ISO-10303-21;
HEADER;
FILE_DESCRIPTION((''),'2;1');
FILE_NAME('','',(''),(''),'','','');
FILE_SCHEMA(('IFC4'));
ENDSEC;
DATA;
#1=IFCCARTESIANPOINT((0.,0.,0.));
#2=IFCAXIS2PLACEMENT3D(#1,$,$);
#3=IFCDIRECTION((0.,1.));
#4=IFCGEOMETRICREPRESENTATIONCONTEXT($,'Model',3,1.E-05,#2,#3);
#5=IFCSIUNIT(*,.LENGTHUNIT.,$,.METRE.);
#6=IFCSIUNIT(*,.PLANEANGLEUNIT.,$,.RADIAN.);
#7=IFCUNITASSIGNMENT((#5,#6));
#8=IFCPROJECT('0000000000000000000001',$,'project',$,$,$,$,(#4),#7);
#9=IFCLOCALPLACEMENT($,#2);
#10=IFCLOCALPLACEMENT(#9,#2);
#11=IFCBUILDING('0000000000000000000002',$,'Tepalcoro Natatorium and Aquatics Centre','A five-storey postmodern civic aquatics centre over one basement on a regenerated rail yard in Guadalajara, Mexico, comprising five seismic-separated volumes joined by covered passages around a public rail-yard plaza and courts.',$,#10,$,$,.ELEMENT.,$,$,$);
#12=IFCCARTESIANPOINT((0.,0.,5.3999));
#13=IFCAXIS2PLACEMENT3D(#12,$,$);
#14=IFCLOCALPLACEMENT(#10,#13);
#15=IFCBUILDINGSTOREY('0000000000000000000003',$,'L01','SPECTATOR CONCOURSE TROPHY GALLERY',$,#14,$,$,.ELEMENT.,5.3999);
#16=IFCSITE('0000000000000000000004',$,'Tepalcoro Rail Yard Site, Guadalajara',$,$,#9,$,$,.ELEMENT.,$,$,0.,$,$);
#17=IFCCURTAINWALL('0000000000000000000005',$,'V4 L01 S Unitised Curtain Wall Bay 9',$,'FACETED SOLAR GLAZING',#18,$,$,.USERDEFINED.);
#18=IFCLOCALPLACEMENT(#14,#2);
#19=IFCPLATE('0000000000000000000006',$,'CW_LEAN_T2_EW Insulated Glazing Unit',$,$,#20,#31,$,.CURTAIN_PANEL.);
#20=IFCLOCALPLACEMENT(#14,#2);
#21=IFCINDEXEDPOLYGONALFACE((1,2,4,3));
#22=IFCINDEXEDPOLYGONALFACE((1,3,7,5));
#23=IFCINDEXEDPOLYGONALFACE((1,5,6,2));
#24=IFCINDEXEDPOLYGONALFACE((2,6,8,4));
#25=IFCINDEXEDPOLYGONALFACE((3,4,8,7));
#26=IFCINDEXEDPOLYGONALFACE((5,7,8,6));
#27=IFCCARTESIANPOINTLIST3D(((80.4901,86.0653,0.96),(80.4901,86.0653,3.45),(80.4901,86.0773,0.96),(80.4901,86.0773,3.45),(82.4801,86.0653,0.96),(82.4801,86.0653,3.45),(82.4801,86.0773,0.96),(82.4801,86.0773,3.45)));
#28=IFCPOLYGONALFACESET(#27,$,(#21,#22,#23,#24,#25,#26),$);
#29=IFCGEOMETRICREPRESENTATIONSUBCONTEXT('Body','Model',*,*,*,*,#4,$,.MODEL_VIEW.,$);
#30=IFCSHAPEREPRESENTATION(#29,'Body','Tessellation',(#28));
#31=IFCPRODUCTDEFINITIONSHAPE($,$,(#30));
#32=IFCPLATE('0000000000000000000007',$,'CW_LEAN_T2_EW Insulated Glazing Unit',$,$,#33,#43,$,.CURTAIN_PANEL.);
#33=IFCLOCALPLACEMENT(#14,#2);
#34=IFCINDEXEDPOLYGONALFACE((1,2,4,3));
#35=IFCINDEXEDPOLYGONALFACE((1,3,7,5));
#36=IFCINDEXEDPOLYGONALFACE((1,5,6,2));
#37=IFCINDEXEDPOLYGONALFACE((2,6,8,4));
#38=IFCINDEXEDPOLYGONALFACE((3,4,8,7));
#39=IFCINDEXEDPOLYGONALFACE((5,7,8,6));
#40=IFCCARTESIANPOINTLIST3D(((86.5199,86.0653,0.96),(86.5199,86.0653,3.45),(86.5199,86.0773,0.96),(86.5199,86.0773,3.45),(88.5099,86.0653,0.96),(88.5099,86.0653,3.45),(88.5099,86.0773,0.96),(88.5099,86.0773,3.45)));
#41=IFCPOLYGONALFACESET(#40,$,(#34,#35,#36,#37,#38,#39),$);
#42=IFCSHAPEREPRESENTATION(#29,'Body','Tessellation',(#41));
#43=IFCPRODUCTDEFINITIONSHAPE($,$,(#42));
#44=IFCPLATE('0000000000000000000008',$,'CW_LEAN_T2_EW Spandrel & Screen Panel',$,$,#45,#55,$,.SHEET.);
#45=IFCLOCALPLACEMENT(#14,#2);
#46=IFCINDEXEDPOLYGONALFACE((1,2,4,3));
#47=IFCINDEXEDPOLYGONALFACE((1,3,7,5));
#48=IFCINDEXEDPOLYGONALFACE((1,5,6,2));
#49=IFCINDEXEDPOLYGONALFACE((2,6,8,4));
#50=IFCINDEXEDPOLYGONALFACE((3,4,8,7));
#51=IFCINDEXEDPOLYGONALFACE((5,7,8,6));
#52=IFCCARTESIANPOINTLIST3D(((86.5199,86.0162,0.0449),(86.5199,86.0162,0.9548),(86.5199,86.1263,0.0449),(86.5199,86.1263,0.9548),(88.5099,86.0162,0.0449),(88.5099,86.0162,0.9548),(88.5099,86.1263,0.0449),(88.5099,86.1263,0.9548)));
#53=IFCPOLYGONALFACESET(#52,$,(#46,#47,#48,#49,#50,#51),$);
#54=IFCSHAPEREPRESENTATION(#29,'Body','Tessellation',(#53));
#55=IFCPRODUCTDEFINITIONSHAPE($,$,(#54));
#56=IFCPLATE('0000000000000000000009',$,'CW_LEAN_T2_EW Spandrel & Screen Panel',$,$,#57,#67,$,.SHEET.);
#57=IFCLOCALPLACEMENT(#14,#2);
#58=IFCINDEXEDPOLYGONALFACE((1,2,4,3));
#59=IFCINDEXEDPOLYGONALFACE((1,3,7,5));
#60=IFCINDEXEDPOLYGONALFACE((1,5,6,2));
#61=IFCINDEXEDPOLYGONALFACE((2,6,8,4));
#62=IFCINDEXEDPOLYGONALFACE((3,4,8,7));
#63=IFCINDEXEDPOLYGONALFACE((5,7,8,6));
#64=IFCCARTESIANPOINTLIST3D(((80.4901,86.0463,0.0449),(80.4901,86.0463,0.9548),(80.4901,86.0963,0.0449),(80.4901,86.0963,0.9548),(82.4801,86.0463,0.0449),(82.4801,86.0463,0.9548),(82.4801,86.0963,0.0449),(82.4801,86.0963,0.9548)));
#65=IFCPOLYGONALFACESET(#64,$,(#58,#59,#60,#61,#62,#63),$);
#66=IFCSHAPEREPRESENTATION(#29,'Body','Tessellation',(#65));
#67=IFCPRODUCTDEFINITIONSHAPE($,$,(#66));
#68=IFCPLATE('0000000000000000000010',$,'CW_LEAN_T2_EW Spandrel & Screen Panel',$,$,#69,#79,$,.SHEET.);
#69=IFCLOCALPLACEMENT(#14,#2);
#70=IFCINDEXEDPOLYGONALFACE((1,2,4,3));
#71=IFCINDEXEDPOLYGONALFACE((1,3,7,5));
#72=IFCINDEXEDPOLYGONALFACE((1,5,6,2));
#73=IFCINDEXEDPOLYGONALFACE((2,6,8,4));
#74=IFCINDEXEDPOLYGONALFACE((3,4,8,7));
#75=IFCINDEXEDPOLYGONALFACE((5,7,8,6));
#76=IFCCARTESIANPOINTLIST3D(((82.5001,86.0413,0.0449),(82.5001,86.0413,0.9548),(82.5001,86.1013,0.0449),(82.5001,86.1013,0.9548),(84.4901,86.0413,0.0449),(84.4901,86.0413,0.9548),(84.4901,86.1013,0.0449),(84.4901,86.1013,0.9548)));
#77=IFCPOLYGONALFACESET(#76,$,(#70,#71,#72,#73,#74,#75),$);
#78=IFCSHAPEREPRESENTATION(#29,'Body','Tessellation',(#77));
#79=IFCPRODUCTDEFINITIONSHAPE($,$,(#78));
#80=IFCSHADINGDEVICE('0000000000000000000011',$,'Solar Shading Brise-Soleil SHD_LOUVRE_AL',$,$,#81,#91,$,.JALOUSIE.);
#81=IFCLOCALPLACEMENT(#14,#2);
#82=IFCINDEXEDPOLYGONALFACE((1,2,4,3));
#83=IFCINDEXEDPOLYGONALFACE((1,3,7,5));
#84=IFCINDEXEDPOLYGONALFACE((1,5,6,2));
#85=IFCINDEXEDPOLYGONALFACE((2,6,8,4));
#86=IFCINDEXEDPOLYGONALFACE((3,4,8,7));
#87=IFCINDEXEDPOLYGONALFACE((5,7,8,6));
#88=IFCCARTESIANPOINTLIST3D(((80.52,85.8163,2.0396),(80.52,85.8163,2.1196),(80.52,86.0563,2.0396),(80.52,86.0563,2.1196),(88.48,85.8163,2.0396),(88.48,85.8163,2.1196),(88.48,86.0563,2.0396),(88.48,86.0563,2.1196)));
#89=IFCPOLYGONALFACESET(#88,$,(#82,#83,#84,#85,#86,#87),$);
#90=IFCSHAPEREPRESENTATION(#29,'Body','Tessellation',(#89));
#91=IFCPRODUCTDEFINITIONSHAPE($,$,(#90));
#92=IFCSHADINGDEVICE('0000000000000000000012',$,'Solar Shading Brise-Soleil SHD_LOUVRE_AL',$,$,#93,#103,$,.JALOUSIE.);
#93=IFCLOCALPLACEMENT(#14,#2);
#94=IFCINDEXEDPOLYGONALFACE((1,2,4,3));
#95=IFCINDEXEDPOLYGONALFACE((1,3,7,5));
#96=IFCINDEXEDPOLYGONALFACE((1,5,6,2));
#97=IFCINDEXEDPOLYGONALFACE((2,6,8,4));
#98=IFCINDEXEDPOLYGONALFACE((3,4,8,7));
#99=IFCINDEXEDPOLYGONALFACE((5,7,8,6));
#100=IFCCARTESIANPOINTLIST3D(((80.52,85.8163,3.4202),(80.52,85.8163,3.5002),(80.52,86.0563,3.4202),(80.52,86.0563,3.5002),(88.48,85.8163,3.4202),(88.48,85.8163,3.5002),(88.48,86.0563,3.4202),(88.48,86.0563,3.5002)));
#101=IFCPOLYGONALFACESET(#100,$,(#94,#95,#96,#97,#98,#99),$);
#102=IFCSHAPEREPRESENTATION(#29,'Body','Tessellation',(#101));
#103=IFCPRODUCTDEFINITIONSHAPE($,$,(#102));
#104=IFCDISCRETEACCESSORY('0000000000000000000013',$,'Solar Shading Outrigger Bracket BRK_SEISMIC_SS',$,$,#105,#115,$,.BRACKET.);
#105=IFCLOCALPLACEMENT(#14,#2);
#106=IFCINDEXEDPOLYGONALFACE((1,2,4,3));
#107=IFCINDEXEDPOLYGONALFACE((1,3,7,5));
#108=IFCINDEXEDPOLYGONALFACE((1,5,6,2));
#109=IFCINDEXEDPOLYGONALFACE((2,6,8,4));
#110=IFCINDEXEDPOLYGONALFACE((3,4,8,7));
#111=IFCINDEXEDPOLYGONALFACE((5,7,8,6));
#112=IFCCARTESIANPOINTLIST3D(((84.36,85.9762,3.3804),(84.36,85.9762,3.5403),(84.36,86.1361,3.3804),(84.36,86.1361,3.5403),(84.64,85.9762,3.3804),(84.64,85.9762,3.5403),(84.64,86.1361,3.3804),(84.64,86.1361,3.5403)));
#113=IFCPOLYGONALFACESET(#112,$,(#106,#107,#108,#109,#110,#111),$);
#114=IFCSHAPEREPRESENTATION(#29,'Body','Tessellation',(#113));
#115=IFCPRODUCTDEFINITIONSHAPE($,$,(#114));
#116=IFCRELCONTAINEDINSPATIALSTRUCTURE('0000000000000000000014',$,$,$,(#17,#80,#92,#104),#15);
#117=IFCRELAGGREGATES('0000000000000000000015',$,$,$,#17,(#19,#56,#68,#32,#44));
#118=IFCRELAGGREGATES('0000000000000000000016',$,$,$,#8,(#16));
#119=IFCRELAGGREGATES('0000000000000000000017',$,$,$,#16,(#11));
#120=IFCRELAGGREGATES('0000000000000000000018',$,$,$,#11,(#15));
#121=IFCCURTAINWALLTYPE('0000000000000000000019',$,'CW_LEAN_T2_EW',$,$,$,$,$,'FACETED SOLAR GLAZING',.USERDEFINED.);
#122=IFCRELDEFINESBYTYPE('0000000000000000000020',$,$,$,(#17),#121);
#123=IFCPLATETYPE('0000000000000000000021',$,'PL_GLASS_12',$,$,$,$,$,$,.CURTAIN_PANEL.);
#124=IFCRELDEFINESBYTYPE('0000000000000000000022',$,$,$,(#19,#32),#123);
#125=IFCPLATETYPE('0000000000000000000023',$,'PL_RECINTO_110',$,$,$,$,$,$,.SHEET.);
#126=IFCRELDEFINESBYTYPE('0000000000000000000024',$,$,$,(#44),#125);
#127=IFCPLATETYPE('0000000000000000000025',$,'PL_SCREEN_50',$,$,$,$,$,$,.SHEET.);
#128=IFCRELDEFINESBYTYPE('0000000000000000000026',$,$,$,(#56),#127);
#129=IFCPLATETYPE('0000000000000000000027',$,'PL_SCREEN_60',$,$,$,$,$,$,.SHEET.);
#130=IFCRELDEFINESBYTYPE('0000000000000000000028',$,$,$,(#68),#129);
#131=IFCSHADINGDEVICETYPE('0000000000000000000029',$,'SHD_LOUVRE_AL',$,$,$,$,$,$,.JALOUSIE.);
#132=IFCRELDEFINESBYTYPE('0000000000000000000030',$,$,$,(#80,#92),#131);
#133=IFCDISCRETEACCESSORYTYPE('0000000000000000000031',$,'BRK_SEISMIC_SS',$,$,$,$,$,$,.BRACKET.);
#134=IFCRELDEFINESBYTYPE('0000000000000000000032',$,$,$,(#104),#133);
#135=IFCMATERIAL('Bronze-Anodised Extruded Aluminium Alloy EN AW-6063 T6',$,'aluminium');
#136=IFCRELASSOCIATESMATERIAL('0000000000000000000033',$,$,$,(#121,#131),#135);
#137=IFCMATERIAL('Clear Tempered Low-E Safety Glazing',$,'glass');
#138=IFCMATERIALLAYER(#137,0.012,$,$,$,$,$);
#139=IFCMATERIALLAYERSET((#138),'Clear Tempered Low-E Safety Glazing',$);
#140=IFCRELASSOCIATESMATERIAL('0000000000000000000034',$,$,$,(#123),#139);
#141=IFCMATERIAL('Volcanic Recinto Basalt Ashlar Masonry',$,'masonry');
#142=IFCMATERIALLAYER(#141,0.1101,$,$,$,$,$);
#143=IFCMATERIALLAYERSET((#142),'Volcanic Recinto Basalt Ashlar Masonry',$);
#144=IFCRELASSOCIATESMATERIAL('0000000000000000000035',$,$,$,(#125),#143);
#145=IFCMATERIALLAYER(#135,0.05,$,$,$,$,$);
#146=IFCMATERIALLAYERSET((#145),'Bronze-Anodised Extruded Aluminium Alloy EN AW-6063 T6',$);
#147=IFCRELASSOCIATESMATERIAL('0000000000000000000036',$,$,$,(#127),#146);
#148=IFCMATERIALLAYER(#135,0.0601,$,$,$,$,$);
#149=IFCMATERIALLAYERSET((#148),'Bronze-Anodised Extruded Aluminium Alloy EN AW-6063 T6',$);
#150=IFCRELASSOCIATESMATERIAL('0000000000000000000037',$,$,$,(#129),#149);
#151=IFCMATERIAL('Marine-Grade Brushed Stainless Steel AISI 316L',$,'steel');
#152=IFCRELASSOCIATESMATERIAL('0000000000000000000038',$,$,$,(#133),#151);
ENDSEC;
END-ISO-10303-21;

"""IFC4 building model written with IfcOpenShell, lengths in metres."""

from ifc_helpers import new_model, si_unit, direction, frame, origin, origin_2d, place, context, subcontext, project, spatial, rectangle, extrude, material, layer, layer_set, type_object, element, aggregate, save


model = new_model("IFC4")

# Units and contexts
model_context = context("Model", 3, precision=1e-05, world=origin(), true_north=direction((0.0, 1.0)))
body_context = subcontext(model_context, "Body", "Model", "MODEL_VIEW")
ifc_project = project(units=[si_unit("LENGTHUNIT", "METRE"), si_unit("PLANEANGLEUNIT", "RADIAN")], contexts=[model_context])

# Site, building, storey
site_placement = place(None, origin())
site = spatial("IfcSite", under=ifc_project, at=site_placement, Name="Tepalcoro Rail Yard Site, Guadalajara", CompositionType="ELEMENT", RefElevation=0.0)
building_placement = place(site_placement, origin())
building = spatial("IfcBuilding", under=site, at=building_placement, Name="Tepalcoro Natatorium and Aquatics Centre", Description="A five-storey postmodern civic aquatics centre over one basement on a regenerated rail yard in Guadalajara, Mexico, comprising five seismic-separated volumes joined by covered passages around a public rail-yard plaza and courts.", CompositionType="ELEMENT")
storey_placement = place(building_placement, frame((0.0, 0.0, 5.3999)))
storey = spatial("IfcBuildingStorey", under=building, at=storey_placement, Name="L01", Description="SPECTATOR CONCOURSE TROPHY GALLERY", CompositionType="ELEMENT", Elevation=5.3999)

# Curtain wall
ifc_material_1 = material(Name="Bronze-Anodised Extruded Aluminium Alloy EN AW-6063 T6", Category="aluminium")
curtain_wall_type = type_object("IfcCurtainWallType", Name="CW_LEAN_T2_EW", ElementType="FACETED SOLAR GLAZING", PredefinedType="USERDEFINED", material=ifc_material_1)
curtain_wall_placement = place(storey_placement, origin())
curtain_wall = element("IfcCurtainWall", 1, at=curtain_wall_placement, inside=storey, type_object=curtain_wall_type, Name="V4 L01 S Unitised Curtain Wall Bay 9", ObjectType="FACETED SOLAR GLAZING", PredefinedType="USERDEFINED")

# Plates
ifc_material_2 = material(Name="Clear Tempered Low-E Safety Glazing", Category="glass")
ifc_layer_1 = layer(ifc_material_2, 0.012)
ifc_layer_set_1 = layer_set([ifc_layer_1], Name="Clear Tempered Low-E Safety Glazing")
plate_type_1 = type_object("IfcPlateType", Name="PL_GLASS_12", PredefinedType="CURTAIN_PANEL", material=ifc_layer_set_1)
plate_1_placement = place(storey_placement, frame((81.4851, 86.0713, 0.96), z_axis=(0.0, 0.0, 1.0), x_axis=(1.0, 0.0, 0.0)))
plate_1 = element("IfcPlate", 2, at=plate_1_placement, type_object=plate_type_1, Name="CW_LEAN_T2_EW Insulated Glazing Unit", PredefinedType="CURTAIN_PANEL", context=body_context, shape_type="SweptSolid", body=[
    extrude(rectangle(XDim=1.99, YDim=0.012, at=origin_2d()), origin(), (0.0, 0.0, 1.0), 2.49),
])
plate_2_placement = place(storey_placement, frame((87.5149, 86.0713, 0.96), z_axis=(0.0, 0.0, 1.0), x_axis=(1.0, 0.0, 0.0)))
plate_2 = element("IfcPlate", 3, at=plate_2_placement, type_object=plate_type_1, Name="CW_LEAN_T2_EW Insulated Glazing Unit", PredefinedType="CURTAIN_PANEL", context=body_context, shape_type="SweptSolid", body=[
    extrude(rectangle(XDim=1.99, YDim=0.012, at=origin_2d()), origin(), (0.0, 0.0, 1.0), 2.49),
])
ifc_material_3 = material(Name="Volcanic Recinto Basalt Ashlar Masonry", Category="masonry")
ifc_layer_2 = layer(ifc_material_3, 0.1101)
ifc_layer_set_2 = layer_set([ifc_layer_2], Name="Volcanic Recinto Basalt Ashlar Masonry")
plate_type_2 = type_object("IfcPlateType", Name="PL_RECINTO_110", PredefinedType="SHEET", material=ifc_layer_set_2)
plate_3_placement = place(storey_placement, frame((87.5149, 86.0713, 0.0449), z_axis=(0.0, 0.0, 1.0), x_axis=(1.0, 0.0, 0.0)))
plate_3 = element("IfcPlate", 4, at=plate_3_placement, type_object=plate_type_2, Name="CW_LEAN_T2_EW Spandrel & Screen Panel", PredefinedType="SHEET", context=body_context, shape_type="SweptSolid", body=[
    extrude(rectangle(XDim=1.99, YDim=0.1101, at=origin_2d()), origin(), (0.0, 0.0, 1.0), 0.9099),
])
ifc_layer_3 = layer(ifc_material_1, 0.05)
ifc_layer_set_3 = layer_set([ifc_layer_3], Name="Bronze-Anodised Extruded Aluminium Alloy EN AW-6063 T6")
plate_type_3 = type_object("IfcPlateType", Name="PL_SCREEN_50", PredefinedType="SHEET", material=ifc_layer_set_3)
plate_4_placement = place(storey_placement, frame((81.4851, 86.0713, 0.0449), z_axis=(0.0, 0.0, 1.0), x_axis=(1.0, 0.0, 0.0)))
plate_4 = element("IfcPlate", 5, at=plate_4_placement, type_object=plate_type_3, Name="CW_LEAN_T2_EW Spandrel & Screen Panel", PredefinedType="SHEET", context=body_context, shape_type="SweptSolid", body=[
    extrude(rectangle(XDim=1.99, YDim=0.05, at=origin_2d()), origin(), (0.0, 0.0, 1.0), 0.9099),
])
ifc_layer_4 = layer(ifc_material_1, 0.0601)
ifc_layer_set_4 = layer_set([ifc_layer_4], Name="Bronze-Anodised Extruded Aluminium Alloy EN AW-6063 T6")
plate_type_4 = type_object("IfcPlateType", Name="PL_SCREEN_60", PredefinedType="SHEET", material=ifc_layer_set_4)
plate_5_placement = place(storey_placement, frame((83.4951, 86.0713, 0.0449), z_axis=(0.0, 0.0, 1.0), x_axis=(1.0, 0.0, 0.0)))
plate_5 = element("IfcPlate", 6, at=plate_5_placement, type_object=plate_type_4, Name="CW_LEAN_T2_EW Spandrel & Screen Panel", PredefinedType="SHEET", context=body_context, shape_type="SweptSolid", body=[
    extrude(rectangle(XDim=1.99, YDim=0.0601, at=origin_2d()), origin(), (0.0, 0.0, 1.0), 0.9099),
])
aggregate(curtain_wall, [plate_1, plate_4, plate_5, plate_2, plate_3])

# Shading devices
shading_device_type = type_object("IfcShadingDeviceType", Name="SHD_LOUVRE_AL", PredefinedType="JALOUSIE", material=ifc_material_1)
for number, where, z_axis, x_axis, name in (
    (7, (84.5, 85.9363, 2.0396), (0.0, 0.0, 1.0), (1.0, 0.0, 0.0), "Solar Shading Brise-Soleil SHD_LOUVRE_AL"),
    (8, (84.5, 85.9363, 3.4202), (0.0, 0.0, 1.0), (1.0, 0.0, 0.0), "Solar Shading Brise-Soleil SHD_LOUVRE_AL"),
):
    element("IfcShadingDevice", number, at=place(storey_placement, frame(where, z_axis=z_axis, x_axis=x_axis)), inside=storey, type_object=shading_device_type, Name=name, PredefinedType="JALOUSIE", context=body_context, shape_type="SweptSolid", body=[
        extrude(rectangle(XDim=7.96, YDim=0.24, at=origin_2d()), origin(), (0.0, 0.0, 1.0), 0.0801),
    ])

# Discrete accessory
ifc_material_4 = material(Name="Marine-Grade Brushed Stainless Steel AISI 316L", Category="steel")
discrete_accessory_type = type_object("IfcDiscreteAccessoryType", Name="BRK_SEISMIC_SS", PredefinedType="BRACKET", material=ifc_material_4)
discrete_accessory_placement = place(storey_placement, frame((84.5, 86.0562, 3.3804), z_axis=(0.0, 0.0, 1.0), x_axis=(1.0, 0.0, 0.0)))
element("IfcDiscreteAccessory", 9, at=discrete_accessory_placement, inside=storey, type_object=discrete_accessory_type, Name="Solar Shading Outrigger Bracket BRK_SEISMIC_SS", PredefinedType="BRACKET", context=body_context, shape_type="SweptSolid", body=[
    extrude(rectangle(XDim=0.28, YDim=0.1599, at=origin_2d()), origin(), (0.0, 0.0, 1.0), 0.1599),
])

save(model, "model.ifc")
